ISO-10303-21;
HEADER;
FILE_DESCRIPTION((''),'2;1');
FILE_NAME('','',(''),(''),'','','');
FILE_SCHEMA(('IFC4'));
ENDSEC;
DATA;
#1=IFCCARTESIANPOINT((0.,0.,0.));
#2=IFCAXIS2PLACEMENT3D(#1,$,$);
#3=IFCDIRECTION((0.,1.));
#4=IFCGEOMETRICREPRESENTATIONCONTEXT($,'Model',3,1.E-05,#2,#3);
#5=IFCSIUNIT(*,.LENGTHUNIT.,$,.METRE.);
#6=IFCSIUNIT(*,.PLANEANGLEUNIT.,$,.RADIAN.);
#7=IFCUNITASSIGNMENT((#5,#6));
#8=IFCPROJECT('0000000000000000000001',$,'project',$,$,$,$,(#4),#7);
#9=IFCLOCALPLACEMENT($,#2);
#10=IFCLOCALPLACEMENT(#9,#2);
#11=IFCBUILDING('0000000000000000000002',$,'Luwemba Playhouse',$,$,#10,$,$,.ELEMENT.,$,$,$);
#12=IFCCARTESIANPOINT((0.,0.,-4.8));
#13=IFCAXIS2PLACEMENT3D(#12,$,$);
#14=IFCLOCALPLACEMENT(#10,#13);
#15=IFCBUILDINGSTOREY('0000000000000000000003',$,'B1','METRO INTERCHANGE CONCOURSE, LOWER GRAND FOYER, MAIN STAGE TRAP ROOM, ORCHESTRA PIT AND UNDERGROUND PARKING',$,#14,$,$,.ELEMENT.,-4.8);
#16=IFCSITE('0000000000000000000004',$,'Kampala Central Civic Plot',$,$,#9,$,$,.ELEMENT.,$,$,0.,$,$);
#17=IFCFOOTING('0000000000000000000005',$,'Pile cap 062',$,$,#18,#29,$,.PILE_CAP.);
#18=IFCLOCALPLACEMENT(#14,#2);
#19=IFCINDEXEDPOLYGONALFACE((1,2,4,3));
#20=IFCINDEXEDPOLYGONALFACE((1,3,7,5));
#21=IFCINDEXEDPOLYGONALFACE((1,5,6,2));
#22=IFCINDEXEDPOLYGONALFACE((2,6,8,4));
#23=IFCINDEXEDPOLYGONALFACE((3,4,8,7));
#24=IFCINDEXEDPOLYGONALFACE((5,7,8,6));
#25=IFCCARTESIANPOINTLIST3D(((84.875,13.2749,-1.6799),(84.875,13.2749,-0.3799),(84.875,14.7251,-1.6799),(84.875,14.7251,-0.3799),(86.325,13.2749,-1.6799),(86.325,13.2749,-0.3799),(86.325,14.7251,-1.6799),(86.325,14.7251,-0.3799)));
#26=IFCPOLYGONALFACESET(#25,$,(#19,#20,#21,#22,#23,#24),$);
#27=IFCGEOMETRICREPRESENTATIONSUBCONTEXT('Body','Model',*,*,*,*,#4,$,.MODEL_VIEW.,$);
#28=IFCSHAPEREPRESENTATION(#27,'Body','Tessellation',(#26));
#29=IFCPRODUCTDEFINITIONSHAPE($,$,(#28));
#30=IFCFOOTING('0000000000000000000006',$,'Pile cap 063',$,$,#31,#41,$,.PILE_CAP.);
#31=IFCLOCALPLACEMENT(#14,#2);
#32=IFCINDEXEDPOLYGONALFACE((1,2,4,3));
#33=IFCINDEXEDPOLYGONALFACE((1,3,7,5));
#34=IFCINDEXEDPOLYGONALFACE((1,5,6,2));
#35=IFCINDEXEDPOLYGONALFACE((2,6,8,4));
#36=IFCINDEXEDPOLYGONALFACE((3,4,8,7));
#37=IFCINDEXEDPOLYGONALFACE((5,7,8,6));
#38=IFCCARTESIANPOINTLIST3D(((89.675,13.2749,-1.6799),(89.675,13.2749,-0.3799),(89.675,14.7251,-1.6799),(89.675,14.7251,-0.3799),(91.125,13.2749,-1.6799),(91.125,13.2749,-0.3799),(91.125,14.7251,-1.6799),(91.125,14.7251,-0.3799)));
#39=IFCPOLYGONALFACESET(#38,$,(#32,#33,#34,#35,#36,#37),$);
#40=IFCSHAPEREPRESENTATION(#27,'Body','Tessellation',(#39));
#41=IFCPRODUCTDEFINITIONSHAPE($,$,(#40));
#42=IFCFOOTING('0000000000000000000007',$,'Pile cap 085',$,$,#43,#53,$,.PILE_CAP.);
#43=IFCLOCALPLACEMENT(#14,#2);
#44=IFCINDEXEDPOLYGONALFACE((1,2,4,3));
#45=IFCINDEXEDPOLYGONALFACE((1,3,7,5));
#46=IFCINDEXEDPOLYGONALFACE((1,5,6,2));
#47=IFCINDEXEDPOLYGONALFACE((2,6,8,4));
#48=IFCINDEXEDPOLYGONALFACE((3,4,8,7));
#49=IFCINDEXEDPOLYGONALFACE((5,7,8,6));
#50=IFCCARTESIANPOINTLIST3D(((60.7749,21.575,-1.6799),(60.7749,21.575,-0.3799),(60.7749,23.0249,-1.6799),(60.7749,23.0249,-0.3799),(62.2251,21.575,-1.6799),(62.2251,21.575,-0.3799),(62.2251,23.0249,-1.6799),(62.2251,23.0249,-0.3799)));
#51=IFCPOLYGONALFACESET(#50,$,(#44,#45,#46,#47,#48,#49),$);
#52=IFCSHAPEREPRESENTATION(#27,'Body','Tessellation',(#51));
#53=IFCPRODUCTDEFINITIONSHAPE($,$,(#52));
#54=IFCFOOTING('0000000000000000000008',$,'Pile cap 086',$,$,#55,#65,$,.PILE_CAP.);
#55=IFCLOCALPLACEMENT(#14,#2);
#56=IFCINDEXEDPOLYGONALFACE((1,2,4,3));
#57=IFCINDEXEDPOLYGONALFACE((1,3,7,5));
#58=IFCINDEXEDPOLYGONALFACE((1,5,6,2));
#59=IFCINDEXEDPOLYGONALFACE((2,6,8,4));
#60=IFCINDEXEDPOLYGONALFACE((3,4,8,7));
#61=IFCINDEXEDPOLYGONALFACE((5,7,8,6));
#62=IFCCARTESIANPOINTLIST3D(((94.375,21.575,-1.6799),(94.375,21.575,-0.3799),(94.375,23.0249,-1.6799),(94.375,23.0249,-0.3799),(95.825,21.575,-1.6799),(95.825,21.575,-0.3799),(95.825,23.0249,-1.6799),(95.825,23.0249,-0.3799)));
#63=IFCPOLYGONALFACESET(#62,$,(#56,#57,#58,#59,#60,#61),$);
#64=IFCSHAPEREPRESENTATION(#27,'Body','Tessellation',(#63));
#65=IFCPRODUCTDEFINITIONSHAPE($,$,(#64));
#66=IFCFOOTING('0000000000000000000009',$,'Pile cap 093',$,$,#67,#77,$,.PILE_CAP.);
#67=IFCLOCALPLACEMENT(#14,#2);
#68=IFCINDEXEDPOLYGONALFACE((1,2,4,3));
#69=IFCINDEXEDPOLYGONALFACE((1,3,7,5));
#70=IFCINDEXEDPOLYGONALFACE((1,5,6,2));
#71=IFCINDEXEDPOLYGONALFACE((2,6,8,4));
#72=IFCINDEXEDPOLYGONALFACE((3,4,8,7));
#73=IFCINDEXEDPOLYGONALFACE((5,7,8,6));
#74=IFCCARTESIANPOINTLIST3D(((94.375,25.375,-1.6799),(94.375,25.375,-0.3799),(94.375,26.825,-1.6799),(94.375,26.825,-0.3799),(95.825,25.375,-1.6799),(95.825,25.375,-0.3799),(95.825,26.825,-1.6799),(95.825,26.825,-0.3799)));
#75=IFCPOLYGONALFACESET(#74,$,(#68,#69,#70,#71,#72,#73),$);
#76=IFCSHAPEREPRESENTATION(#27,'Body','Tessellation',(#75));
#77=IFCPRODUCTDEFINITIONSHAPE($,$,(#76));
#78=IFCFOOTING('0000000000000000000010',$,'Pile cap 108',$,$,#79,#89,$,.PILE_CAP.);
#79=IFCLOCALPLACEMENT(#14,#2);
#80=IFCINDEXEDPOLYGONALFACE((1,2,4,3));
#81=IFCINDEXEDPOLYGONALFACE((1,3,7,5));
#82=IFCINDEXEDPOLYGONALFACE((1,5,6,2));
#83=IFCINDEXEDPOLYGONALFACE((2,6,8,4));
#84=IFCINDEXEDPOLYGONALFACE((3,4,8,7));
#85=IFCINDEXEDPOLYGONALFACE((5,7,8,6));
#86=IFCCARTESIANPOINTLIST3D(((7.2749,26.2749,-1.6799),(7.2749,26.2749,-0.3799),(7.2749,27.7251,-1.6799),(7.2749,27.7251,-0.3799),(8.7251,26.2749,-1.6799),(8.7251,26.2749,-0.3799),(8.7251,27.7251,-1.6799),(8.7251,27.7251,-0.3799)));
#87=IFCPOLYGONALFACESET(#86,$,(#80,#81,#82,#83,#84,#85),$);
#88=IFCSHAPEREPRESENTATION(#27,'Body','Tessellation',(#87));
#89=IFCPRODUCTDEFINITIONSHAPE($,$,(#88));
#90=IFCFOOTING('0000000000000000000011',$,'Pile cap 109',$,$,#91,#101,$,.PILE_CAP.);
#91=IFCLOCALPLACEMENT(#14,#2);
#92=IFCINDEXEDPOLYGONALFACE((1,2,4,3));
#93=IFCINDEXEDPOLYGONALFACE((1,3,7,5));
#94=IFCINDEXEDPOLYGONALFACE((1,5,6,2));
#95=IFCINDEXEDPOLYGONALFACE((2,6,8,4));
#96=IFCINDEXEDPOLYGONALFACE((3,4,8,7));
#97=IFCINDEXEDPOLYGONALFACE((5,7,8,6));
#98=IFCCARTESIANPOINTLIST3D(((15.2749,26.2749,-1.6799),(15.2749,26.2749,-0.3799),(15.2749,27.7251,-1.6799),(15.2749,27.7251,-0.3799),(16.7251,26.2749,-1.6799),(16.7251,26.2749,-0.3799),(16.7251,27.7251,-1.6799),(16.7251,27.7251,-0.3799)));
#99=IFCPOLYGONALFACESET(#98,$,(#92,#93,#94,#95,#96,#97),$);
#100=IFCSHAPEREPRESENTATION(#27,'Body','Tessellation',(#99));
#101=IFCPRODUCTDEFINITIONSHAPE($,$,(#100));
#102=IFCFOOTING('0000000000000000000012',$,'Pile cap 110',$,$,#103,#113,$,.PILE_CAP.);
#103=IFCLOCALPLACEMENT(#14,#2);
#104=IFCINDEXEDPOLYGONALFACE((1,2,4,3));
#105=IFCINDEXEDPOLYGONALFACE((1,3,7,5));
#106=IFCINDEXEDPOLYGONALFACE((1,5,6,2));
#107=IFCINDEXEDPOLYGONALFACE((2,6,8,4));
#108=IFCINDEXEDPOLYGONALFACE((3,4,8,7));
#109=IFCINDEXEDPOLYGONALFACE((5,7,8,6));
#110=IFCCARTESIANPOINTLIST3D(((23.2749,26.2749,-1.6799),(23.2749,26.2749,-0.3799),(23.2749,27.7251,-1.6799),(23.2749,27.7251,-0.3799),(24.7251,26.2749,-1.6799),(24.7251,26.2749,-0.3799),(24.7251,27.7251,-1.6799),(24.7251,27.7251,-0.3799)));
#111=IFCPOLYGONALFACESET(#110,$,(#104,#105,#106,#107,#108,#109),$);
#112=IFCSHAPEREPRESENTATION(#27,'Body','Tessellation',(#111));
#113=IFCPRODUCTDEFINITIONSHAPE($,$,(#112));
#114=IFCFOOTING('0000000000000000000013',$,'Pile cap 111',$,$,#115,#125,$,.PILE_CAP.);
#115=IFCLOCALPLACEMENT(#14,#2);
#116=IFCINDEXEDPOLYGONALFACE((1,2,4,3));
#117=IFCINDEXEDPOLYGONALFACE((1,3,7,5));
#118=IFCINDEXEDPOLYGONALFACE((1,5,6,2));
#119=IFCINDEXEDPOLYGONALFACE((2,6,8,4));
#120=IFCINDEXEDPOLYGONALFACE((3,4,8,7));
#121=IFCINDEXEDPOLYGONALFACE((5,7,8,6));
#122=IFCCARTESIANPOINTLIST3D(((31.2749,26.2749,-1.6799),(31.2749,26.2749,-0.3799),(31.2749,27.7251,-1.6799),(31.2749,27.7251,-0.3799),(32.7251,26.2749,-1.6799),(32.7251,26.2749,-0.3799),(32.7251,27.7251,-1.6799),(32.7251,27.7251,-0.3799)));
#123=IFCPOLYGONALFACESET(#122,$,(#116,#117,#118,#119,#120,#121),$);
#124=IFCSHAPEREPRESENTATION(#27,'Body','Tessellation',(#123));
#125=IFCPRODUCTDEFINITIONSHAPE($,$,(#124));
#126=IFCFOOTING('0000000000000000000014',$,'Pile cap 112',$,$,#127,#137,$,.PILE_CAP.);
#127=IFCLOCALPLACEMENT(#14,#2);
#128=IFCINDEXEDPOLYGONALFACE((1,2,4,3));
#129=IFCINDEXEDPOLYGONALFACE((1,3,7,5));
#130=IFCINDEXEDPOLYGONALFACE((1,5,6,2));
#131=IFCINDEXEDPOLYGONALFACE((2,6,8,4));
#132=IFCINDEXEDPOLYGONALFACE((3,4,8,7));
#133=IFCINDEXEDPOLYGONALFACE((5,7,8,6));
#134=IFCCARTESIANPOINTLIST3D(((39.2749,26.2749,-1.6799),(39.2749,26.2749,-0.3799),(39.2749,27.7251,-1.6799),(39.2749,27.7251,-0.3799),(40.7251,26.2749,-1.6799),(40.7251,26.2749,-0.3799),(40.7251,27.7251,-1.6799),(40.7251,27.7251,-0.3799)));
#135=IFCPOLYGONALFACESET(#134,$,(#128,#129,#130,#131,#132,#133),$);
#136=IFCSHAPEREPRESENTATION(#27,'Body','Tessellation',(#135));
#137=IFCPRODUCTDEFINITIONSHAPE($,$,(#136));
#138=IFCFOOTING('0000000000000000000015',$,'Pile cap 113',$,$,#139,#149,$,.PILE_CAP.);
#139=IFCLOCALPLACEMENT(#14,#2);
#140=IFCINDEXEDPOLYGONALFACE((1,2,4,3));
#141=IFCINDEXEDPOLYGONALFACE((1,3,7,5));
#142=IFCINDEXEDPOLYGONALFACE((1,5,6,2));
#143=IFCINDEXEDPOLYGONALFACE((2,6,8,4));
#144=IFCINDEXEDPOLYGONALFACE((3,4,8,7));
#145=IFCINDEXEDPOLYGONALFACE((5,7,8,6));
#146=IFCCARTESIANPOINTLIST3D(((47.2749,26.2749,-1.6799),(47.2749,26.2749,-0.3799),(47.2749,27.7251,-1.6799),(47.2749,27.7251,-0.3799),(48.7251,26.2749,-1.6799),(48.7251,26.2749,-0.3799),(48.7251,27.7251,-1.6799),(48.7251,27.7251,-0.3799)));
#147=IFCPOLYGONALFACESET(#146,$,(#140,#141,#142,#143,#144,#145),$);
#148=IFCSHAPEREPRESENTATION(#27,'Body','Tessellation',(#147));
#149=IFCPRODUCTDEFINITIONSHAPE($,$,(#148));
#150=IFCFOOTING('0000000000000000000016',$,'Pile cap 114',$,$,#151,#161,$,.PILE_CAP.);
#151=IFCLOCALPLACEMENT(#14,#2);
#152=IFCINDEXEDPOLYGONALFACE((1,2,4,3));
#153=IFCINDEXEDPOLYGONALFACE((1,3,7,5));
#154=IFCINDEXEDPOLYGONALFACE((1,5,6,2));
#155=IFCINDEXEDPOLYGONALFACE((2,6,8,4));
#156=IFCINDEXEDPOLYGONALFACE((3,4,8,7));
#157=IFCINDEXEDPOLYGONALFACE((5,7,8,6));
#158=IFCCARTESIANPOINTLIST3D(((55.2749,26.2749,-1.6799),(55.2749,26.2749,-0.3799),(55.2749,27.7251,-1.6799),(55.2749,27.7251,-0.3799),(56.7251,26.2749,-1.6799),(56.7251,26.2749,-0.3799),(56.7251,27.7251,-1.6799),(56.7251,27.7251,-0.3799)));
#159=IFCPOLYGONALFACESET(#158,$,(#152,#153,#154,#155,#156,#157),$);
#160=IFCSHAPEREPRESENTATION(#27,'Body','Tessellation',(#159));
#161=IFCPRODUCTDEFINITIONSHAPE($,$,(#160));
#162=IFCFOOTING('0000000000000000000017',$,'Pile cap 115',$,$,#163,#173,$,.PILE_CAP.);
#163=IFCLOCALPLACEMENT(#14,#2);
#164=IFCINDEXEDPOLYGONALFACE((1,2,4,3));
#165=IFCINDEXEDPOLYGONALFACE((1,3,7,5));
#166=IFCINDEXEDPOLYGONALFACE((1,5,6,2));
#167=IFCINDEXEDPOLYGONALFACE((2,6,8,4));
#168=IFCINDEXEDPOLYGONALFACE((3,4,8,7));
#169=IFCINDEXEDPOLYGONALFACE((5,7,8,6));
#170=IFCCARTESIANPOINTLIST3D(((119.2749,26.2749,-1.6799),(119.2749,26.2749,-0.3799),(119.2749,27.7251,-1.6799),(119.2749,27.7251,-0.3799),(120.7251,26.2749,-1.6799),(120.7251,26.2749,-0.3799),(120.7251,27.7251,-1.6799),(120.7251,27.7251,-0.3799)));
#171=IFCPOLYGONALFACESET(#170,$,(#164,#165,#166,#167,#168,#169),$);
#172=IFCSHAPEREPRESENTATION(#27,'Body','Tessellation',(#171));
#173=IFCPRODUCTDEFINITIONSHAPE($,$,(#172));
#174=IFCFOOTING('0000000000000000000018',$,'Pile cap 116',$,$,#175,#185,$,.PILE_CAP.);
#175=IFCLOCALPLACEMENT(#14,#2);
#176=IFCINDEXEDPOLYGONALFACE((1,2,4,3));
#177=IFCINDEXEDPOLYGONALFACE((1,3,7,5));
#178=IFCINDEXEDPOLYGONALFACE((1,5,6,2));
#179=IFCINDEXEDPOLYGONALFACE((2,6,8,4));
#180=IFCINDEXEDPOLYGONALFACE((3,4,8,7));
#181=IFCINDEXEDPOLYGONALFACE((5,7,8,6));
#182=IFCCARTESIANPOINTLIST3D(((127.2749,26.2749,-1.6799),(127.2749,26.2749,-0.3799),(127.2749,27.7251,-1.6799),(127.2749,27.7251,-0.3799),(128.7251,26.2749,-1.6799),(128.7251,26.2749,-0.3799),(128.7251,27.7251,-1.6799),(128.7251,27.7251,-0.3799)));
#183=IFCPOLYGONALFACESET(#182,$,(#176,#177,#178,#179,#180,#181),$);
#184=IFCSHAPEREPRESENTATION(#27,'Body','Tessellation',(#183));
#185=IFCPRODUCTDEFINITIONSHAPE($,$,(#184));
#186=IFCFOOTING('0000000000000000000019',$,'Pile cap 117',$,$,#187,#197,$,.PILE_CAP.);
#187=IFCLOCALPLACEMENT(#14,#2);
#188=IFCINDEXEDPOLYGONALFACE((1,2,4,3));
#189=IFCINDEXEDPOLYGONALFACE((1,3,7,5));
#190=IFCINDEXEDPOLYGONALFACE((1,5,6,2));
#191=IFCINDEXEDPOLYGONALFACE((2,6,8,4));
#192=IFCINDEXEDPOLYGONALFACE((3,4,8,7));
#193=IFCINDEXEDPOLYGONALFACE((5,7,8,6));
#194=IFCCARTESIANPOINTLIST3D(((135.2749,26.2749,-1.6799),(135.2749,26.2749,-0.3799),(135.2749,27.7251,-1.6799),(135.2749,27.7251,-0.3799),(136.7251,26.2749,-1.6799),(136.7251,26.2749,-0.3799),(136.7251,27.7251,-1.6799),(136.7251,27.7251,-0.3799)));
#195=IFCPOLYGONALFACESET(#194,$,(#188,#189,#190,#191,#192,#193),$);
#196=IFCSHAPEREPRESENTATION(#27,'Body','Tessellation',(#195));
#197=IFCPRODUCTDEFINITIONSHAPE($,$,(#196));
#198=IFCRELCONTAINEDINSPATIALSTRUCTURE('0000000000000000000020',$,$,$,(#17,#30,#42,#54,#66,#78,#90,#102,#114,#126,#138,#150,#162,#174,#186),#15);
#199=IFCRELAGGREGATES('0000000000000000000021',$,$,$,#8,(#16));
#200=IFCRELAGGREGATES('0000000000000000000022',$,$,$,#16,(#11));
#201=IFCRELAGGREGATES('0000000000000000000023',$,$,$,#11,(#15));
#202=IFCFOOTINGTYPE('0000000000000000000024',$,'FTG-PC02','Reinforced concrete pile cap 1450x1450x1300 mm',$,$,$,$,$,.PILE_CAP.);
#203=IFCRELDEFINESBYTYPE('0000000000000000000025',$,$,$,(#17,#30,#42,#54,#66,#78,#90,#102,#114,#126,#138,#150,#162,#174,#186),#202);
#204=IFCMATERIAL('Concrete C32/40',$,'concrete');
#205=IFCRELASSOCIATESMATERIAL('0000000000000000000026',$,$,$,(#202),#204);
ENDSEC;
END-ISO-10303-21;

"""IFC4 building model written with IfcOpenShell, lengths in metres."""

from ifc_helpers import new_model, si_unit, direction, frame, origin, place, context, subcontext, project, spatial, polyline, outline, extrude, material, type_object, element, save


model = new_model("IFC4")

# Units and contexts
model_context = context("Model", 3, precision=1e-05, world=origin(), true_north=direction((0.0, 1.0)))
body_context = subcontext(model_context, "Body", "Model", "MODEL_VIEW")
ifc_project = project(units=[si_unit("LENGTHUNIT", "METRE"), si_unit("PLANEANGLEUNIT", "RADIAN")], contexts=[model_context])

# Site, building, storey
site_placement = place(None, origin())
site = spatial("IfcSite", under=ifc_project, at=site_placement, Name="Kampala Central Civic Plot", CompositionType="ELEMENT", RefElevation=0.0)
building_placement = place(site_placement, origin())
building = spatial("IfcBuilding", under=site, at=building_placement, Name="Luwemba Playhouse", CompositionType="ELEMENT")
storey_placement = place(building_placement, frame((0.0, 0.0, -4.8)))
storey = spatial("IfcBuildingStorey", under=building, at=storey_placement, Name="B1", Description="METRO INTERCHANGE CONCOURSE, LOWER GRAND FOYER, MAIN STAGE TRAP ROOM, ORCHESTRA PIT AND UNDERGROUND PARKING", CompositionType="ELEMENT", Elevation=-4.8)

# Footings
ifc_material = material(Name="Concrete C32/40", Category="concrete")
footing_type_1 = type_object("IfcFootingType", Name="FTG-PC02", Description="Reinforced concrete pile cap 1450x1450x1300 mm", PredefinedType="PILE_CAP", material=ifc_material)
footing_1_placement = place(storey_placement, frame((0.0, 0.0, -1.6799)))
element("IfcFooting", 1, at=footing_1_placement, inside=storey, type_object=footing_type_1, Name="Pile cap 062", PredefinedType="PILE_CAP", context=body_context, shape_type="SweptSolid", body=[
    extrude(outline(polyline([(84.875, 13.2749), (86.325, 13.2749), (86.325, 14.7251), (84.875, 14.7251), (84.875, 13.2749)])), origin(), (0.0, 0.0, 1.0), 1.3),
])
footing_2_placement = place(storey_placement, frame((0.0, 0.0, -1.6799)))
element("IfcFooting", 2, at=footing_2_placement, inside=storey, type_object=footing_type_1, Name="Pile cap 063", PredefinedType="PILE_CAP", context=body_context, shape_type="SweptSolid", body=[
    extrude(outline(polyline([(89.675, 13.2749), (91.125, 13.2749), (91.125, 14.7251), (89.675, 14.7251), (89.675, 13.2749)])), origin(), (0.0, 0.0, 1.0), 1.3),
])
footing_3_placement = place(storey_placement, frame((0.0, 0.0, -1.6799)))
element("IfcFooting", 3, at=footing_3_placement, inside=storey, type_object=footing_type_1, Name="Pile cap 085", PredefinedType="PILE_CAP", context=body_context, shape_type="SweptSolid", body=[
    extrude(outline(polyline([(60.7749, 21.575), (62.2251, 21.575), (62.2251, 23.0249), (60.7749, 23.0249), (60.7749, 21.575)])), origin(), (0.0, 0.0, 1.0), 1.3),
])
footing_4_placement = place(storey_placement, frame((0.0, 0.0, -1.6799)))
element("IfcFooting", 4, at=footing_4_placement, inside=storey, type_object=footing_type_1, Name="Pile cap 086", PredefinedType="PILE_CAP", context=body_context, shape_type="SweptSolid", body=[
    extrude(outline(polyline([(94.375, 21.575), (95.825, 21.575), (95.825, 23.0249), (94.375, 23.0249), (94.375, 21.575)])), origin(), (0.0, 0.0, 1.0), 1.3),
])
footing_5_placement = place(storey_placement, frame((0.0, 0.0, -1.6799)))
element("IfcFooting", 5, at=footing_5_placement, inside=storey, type_object=footing_type_1, Name="Pile cap 093", PredefinedType="PILE_CAP", context=body_context, shape_type="SweptSolid", body=[
    extrude(outline(polyline([(94.375, 25.375), (95.825, 25.375), (95.825, 26.825), (94.375, 26.825), (94.375, 25.375)])), origin(), (0.0, 0.0, 1.0), 1.3),
])
footing_6_placement = place(storey_placement, frame((0.0, 0.0, -1.6799)))
element("IfcFooting", 6, at=footing_6_placement, inside=storey, type_object=footing_type_1, Name="Pile cap 108", PredefinedType="PILE_CAP", context=body_context, shape_type="SweptSolid", body=[
    extrude(outline(polyline([(7.2749, 26.2749), (8.7251, 26.2749), (8.7251, 27.7251), (7.2749, 27.7251), (7.2749, 26.2749)])), origin(), (0.0, 0.0, 1.0), 1.3),
])
footing_7_placement = place(storey_placement, frame((0.0, 0.0, -1.6799)))
element("IfcFooting", 7, at=footing_7_placement, inside=storey, type_object=footing_type_1, Name="Pile cap 109", PredefinedType="PILE_CAP", context=body_context, shape_type="SweptSolid", body=[
    extrude(outline(polyline([(15.2749, 26.2749), (16.7251, 26.2749), (16.7251, 27.7251), (15.2749, 27.7251), (15.2749, 26.2749)])), origin(), (0.0, 0.0, 1.0), 1.3),
])
footing_8_placement = place(storey_placement, frame((0.0, 0.0, -1.6799)))
element("IfcFooting", 8, at=footing_8_placement, inside=storey, type_object=footing_type_1, Name="Pile cap 110", PredefinedType="PILE_CAP", context=body_context, shape_type="SweptSolid", body=[
    extrude(outline(polyline([(23.2749, 26.2749), (24.7251, 26.2749), (24.7251, 27.7251), (23.2749, 27.7251), (23.2749, 26.2749)])), origin(), (0.0, 0.0, 1.0), 1.3),
])
footing_9_placement = place(storey_placement, frame((0.0, 0.0, -1.6799)))
element("IfcFooting", 9, at=footing_9_placement, inside=storey, type_object=footing_type_1, Name="Pile cap 111", PredefinedType="PILE_CAP", context=body_context, shape_type="SweptSolid", body=[
    extrude(outline(polyline([(31.2749, 26.2749), (32.7251, 26.2749), (32.7251, 27.7251), (31.2749, 27.7251), (31.2749, 26.2749)])), origin(), (0.0, 0.0, 1.0), 1.3),
])
footing_10_placement = place(storey_placement, frame((0.0, 0.0, -1.6799)))
element("IfcFooting", 10, at=footing_10_placement, inside=storey, type_object=footing_type_1, Name="Pile cap 112", PredefinedType="PILE_CAP", context=body_context, shape_type="SweptSolid", body=[
    extrude(outline(polyline([(39.2749, 26.2749), (40.7251, 26.2749), (40.7251, 27.7251), (39.2749, 27.7251), (39.2749, 26.2749)])), origin(), (0.0, 0.0, 1.0), 1.3),
])
footing_11_placement = place(storey_placement, frame((0.0, 0.0, -1.6799)))
element("IfcFooting", 11, at=footing_11_placement, inside=storey, type_object=footing_type_1, Name="Pile cap 113", PredefinedType="PILE_CAP", context=body_context, shape_type="SweptSolid", body=[
    extrude(outline(polyline([(47.2749, 26.2749), (48.7251, 26.2749), (48.7251, 27.7251), (47.2749, 27.7251), (47.2749, 26.2749)])), origin(), (0.0, 0.0, 1.0), 1.3),
])
footing_12_placement = place(storey_placement, frame((0.0, 0.0, -1.6799)))
element("IfcFooting", 12, at=footing_12_placement, inside=storey, type_object=footing_type_1, Name="Pile cap 114", PredefinedType="PILE_CAP", context=body_context, shape_type="SweptSolid", body=[
    extrude(outline(polyline([(55.2749, 26.2749), (56.7251, 26.2749), (56.7251, 27.7251), (55.2749, 27.7251), (55.2749, 26.2749)])), origin(), (0.0, 0.0, 1.0), 1.3),
])
footing_13_placement = place(storey_placement, frame((0.0, 0.0, -1.6799)))
element("IfcFooting", 13, at=footing_13_placement, inside=storey, type_object=footing_type_1, Name="Pile cap 115", PredefinedType="PILE_CAP", context=body_context, shape_type="SweptSolid", body=[
    extrude(outline(polyline([(119.2749, 26.2749), (120.7251, 26.2749), (120.7251, 27.7251), (119.2749, 27.7251), (119.2749, 26.2749)])), origin(), (0.0, 0.0, 1.0), 1.3),
])
footing_14_placement = place(storey_placement, frame((0.0, 0.0, -1.6799)))
element("IfcFooting", 14, at=footing_14_placement, inside=storey, type_object=footing_type_1, Name="Pile cap 116", PredefinedType="PILE_CAP", context=body_context, shape_type="SweptSolid", body=[
    extrude(outline(polyline([(127.2749, 26.2749), (128.7251, 26.2749), (128.7251, 27.7251), (127.2749, 27.7251), (127.2749, 26.2749)])), origin(), (0.0, 0.0, 1.0), 1.3),
])
footing_15_placement = place(storey_placement, frame((0.0, 0.0, -1.6799)))
element("IfcFooting", 15, at=footing_15_placement, inside=storey, type_object=footing_type_1, Name="Pile cap 117", PredefinedType="PILE_CAP", context=body_context, shape_type="SweptSolid", body=[
    extrude(outline(polyline([(135.2749, 26.2749), (136.7251, 26.2749), (136.7251, 27.7251), (135.2749, 27.7251), (135.2749, 26.2749)])), origin(), (0.0, 0.0, 1.0), 1.3),
])

save(model, "model.ifc")
